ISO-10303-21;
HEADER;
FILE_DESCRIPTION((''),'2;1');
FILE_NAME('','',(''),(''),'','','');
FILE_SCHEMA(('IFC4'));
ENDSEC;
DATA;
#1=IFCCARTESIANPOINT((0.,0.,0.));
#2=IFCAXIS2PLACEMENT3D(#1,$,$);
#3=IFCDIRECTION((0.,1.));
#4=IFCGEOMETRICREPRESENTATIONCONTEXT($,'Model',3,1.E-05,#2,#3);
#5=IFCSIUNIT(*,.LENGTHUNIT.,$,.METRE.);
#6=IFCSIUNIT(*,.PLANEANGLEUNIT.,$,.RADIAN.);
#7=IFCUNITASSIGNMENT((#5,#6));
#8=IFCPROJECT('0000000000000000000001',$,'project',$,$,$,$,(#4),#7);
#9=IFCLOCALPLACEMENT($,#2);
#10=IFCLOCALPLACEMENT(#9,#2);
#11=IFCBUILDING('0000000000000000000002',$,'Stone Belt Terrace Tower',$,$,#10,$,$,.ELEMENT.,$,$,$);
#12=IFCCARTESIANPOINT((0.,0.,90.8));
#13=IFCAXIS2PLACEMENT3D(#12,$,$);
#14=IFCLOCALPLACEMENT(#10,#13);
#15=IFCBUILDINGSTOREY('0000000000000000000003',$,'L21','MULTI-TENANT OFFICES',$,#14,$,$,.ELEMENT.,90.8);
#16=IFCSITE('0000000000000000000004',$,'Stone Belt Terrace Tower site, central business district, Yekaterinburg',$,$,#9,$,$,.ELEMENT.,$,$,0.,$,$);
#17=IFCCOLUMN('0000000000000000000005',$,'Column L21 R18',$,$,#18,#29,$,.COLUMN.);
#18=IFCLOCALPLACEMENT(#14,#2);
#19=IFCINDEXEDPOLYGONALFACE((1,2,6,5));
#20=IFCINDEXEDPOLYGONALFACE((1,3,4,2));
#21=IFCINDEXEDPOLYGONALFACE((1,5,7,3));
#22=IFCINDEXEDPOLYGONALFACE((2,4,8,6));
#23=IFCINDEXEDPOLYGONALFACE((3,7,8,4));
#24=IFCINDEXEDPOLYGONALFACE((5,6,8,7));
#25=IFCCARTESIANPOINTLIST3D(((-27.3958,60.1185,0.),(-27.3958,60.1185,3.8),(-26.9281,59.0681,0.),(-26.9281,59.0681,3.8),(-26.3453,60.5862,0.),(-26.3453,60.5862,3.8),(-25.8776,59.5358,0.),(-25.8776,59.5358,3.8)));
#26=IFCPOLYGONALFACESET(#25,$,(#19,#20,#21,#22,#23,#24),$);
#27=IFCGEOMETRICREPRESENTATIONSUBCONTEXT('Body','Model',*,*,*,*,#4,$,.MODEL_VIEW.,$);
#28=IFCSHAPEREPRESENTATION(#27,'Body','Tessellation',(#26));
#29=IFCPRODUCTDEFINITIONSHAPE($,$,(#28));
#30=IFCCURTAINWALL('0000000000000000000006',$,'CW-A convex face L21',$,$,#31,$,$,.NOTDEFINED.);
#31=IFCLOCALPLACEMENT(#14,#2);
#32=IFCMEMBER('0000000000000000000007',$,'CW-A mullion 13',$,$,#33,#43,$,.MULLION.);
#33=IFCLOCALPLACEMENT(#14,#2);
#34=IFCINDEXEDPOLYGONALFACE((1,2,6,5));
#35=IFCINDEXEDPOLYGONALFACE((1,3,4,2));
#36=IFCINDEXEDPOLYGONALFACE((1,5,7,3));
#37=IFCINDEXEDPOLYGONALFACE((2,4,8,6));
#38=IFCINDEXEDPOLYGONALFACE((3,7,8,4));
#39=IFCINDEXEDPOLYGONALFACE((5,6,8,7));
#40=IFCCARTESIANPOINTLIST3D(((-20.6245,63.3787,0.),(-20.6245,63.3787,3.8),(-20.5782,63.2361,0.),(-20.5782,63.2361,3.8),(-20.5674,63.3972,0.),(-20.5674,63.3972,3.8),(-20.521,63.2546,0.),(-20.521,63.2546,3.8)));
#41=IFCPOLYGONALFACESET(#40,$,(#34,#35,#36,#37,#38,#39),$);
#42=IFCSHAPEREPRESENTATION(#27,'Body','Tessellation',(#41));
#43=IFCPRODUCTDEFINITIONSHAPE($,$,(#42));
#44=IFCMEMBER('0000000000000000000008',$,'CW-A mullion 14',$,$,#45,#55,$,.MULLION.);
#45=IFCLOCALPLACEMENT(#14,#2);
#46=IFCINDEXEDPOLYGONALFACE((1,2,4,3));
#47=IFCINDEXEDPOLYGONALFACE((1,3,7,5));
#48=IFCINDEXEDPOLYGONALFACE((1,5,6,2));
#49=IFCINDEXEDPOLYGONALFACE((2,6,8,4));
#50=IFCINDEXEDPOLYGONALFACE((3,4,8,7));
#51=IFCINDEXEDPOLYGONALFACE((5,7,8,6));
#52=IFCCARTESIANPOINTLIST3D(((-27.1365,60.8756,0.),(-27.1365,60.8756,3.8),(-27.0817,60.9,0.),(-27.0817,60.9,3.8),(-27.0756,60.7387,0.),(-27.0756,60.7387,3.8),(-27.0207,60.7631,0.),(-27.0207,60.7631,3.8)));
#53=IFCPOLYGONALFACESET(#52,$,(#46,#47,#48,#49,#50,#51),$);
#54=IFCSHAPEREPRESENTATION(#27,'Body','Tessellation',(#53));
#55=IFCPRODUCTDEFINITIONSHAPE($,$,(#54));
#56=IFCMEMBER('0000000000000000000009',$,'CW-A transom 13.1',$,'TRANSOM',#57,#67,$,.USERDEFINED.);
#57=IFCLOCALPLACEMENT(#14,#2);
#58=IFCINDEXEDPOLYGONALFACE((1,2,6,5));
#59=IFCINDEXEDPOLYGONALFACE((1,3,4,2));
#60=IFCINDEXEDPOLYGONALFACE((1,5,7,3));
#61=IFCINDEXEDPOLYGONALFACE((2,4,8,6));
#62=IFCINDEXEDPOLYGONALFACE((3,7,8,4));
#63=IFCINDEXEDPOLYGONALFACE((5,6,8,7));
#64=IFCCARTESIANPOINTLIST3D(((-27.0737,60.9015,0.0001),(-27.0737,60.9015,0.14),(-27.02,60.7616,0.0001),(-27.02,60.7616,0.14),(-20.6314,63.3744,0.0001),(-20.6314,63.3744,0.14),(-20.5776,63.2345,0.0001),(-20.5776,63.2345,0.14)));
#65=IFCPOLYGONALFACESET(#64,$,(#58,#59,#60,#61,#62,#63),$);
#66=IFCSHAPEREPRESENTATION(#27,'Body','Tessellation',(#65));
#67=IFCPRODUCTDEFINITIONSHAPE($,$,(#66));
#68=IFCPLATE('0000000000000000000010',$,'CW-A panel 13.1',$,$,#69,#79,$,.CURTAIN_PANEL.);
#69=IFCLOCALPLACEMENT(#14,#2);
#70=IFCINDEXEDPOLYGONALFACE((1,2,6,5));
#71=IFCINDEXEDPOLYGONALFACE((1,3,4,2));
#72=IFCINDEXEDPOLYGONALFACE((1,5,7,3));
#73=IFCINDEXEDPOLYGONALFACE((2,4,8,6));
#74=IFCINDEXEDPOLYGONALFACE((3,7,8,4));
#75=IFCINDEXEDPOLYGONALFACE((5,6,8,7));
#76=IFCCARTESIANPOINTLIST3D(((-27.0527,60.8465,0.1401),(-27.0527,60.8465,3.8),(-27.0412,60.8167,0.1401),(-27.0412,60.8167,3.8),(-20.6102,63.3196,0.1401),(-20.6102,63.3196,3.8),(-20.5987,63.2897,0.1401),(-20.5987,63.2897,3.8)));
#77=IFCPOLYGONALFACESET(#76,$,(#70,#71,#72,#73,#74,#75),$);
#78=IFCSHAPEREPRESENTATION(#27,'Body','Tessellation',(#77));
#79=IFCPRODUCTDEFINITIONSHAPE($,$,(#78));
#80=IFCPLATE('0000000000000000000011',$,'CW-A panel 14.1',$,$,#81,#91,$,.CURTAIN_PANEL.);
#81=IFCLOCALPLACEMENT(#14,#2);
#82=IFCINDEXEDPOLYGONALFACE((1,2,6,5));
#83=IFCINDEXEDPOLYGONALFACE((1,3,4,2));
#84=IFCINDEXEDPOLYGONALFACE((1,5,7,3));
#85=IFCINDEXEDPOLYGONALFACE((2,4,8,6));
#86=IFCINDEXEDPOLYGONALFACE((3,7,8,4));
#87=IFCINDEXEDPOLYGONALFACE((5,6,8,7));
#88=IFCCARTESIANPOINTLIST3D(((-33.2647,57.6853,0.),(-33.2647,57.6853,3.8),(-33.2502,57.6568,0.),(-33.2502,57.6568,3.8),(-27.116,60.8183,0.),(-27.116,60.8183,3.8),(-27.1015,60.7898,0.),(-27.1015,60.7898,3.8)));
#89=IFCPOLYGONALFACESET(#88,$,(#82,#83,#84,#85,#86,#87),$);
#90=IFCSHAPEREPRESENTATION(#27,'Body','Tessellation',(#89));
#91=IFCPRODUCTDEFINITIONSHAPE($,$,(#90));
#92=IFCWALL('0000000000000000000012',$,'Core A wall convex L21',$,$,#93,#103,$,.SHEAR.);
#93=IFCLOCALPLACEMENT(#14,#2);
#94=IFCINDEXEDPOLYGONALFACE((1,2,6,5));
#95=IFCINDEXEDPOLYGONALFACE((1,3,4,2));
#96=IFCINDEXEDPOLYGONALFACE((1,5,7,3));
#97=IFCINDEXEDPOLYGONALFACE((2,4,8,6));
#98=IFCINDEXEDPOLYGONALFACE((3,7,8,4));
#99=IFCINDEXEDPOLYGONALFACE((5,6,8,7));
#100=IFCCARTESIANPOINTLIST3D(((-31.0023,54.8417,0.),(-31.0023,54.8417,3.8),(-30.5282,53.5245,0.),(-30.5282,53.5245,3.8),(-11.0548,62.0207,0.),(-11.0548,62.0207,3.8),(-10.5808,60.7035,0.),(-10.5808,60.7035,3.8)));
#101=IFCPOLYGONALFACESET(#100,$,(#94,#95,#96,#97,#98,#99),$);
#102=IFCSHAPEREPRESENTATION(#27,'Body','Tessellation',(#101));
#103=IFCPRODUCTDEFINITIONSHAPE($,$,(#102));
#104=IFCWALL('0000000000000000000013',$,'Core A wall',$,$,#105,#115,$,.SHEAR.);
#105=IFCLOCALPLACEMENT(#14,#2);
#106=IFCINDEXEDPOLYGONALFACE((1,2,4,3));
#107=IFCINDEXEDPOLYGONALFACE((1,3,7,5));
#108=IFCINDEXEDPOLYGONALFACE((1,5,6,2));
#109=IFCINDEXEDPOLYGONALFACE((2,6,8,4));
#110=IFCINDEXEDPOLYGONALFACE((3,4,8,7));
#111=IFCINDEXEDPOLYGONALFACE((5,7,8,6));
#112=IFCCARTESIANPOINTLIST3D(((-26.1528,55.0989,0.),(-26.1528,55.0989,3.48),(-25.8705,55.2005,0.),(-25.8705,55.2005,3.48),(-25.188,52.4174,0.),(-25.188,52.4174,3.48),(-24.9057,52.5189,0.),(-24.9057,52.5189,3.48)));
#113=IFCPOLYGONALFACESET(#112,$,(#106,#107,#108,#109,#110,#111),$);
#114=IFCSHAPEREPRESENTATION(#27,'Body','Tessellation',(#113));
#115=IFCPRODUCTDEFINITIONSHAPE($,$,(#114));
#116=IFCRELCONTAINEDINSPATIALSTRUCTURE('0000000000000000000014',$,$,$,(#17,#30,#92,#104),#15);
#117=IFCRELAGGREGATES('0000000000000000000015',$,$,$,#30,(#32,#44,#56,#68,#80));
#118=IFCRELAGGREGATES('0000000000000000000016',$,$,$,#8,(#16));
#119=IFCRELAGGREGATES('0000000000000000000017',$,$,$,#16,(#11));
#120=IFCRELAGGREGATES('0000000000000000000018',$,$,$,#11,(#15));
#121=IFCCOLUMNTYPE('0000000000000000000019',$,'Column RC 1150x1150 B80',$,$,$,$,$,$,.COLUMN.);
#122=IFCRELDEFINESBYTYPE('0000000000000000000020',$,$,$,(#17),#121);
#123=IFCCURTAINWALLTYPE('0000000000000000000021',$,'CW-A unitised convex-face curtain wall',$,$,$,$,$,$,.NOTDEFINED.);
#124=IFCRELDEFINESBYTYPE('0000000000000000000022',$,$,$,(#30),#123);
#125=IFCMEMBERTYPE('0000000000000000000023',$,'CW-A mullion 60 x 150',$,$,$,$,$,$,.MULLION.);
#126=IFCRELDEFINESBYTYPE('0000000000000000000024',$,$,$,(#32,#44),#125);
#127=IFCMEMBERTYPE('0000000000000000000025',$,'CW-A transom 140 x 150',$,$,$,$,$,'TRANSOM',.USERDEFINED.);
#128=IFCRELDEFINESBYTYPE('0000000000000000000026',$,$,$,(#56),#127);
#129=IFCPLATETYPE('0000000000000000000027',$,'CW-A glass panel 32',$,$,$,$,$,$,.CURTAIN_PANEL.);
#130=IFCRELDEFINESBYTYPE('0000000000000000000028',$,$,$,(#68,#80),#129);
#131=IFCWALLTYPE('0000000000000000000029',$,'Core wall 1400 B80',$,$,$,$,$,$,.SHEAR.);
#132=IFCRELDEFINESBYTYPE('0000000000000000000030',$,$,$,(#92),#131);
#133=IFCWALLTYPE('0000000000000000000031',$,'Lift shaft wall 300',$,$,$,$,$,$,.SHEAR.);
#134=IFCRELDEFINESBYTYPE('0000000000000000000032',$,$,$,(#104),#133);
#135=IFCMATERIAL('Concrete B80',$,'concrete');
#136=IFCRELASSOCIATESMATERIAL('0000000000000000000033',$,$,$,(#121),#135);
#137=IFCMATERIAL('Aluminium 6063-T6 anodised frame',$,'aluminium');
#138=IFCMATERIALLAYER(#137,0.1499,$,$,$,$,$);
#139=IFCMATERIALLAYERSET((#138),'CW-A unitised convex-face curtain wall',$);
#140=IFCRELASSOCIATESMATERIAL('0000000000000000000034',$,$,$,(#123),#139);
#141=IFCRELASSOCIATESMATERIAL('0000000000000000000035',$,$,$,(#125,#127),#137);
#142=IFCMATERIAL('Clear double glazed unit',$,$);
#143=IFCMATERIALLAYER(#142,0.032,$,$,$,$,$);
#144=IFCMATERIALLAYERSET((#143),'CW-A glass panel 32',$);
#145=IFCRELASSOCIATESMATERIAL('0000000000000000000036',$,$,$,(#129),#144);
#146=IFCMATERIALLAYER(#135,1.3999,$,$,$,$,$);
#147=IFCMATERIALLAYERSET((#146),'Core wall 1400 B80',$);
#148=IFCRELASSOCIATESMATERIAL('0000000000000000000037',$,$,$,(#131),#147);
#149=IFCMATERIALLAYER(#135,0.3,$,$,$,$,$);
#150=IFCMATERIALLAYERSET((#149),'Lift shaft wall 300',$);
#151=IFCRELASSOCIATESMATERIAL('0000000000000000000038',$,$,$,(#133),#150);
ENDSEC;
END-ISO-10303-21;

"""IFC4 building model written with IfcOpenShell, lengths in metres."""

from ifc_helpers import new_model, si_unit, direction, frame, frame_2d, origin, origin_2d, place, context, subcontext, project, spatial, rectangle, extrude, material, layer, layer_set, material_profile, profile_set, type_object, element, aggregate, save


model = new_model("IFC4")

# Units and contexts
model_context = context("Model", 3, precision=1e-05, world=origin(), true_north=direction((0.0, 1.0)))
body_context = subcontext(model_context, "Body", "Model", "MODEL_VIEW")
ifc_project = project(units=[si_unit("LENGTHUNIT", "METRE"), si_unit("PLANEANGLEUNIT", "RADIAN")], contexts=[model_context])

# Site, building, storey
site_placement = place(None, origin())
site = spatial("IfcSite", under=ifc_project, at=site_placement, Name="Stone Belt Terrace Tower site, central business district, Yekaterinburg", CompositionType="ELEMENT", RefElevation=0.0)
building_placement = place(site_placement, origin())
building = spatial("IfcBuilding", under=site, at=building_placement, Name="Stone Belt Terrace Tower", CompositionType="ELEMENT")
storey_placement = place(building_placement, frame((0.0, 0.0, 90.8)))
storey = spatial("IfcBuildingStorey", under=building, at=storey_placement, Name="L21", Description="MULTI-TENANT OFFICES", CompositionType="ELEMENT", Elevation=90.8)

# Column
ifc_material_1 = material(Name="Concrete B80", Category="concrete")
ifc_material_profile_1 = material_profile(ifc_material_1, rectangle(XDim=1.1499, YDim=1.1499, at=origin_2d()), Name="RC 1150x1150")
ifc_profile_set_1 = profile_set([ifc_material_profile_1], Name="Concrete B80")
column_type = type_object("IfcColumnType", Name="Column RC 1150x1150 B80", PredefinedType="COLUMN", material=ifc_profile_set_1)
column_placement = place(storey_placement, frame((-26.6367, 59.8271, 0.0), z_axis=(0.0, 0.0, 1.0), x_axis=(0.913545, 0.406737, 0.0)))
element("IfcColumn", 1, at=column_placement, inside=storey, type_object=column_type, Name="Column L21 R18", PredefinedType="COLUMN", context=body_context, shape_type="SweptSolid", body=[
    extrude(rectangle(XDim=1.1499, YDim=1.1499, at=origin_2d()), origin(), (0.0, 0.0, 1.0), 3.8),
])

# Curtain wall, members, plates
ifc_material_2 = material(Name="Aluminium 6063-T6 anodised frame", Category="aluminium")
ifc_layer_1 = layer(ifc_material_2, 0.1499)
ifc_layer_set_1 = layer_set([ifc_layer_1], Name="CW-A unitised convex-face curtain wall")
curtain_wall_type = type_object("IfcCurtainWallType", Name="CW-A unitised convex-face curtain wall", PredefinedType="NOTDEFINED", material=ifc_layer_set_1)
curtain_wall_placement = place(storey_placement, origin())
curtain_wall = element("IfcCurtainWall", 2, at=curtain_wall_placement, inside=storey, type_object=curtain_wall_type, Name="CW-A convex face L21", PredefinedType="NOTDEFINED")
ifc_material_profile_2 = material_profile(ifc_material_2, rectangle(XDim=0.1499, YDim=0.0601, at=origin_2d()), Name="Aluminium 6063-T6 60x150")
ifc_profile_set_2 = profile_set([ifc_material_profile_2], Name="Aluminium 6063-T6 anodised frame")
member_type_1 = type_object("IfcMemberType", Name="CW-A mullion 60 x 150", PredefinedType="MULLION", material=ifc_profile_set_2)
member_1_placement = place(storey_placement, frame((-20.5728, 63.3167, 0.0), z_axis=(0.0, 0.0, 1.0), x_axis=(0.309017, -0.951057, 0.0)))
member_1 = element("IfcMember", 3, at=member_1_placement, type_object=member_type_1, Name="CW-A mullion 13", PredefinedType="MULLION", context=body_context, shape_type="SweptSolid", body=[
    extrude(rectangle(XDim=0.1499, YDim=0.0601, at=origin_2d()), origin(), (0.0, 0.0, 1.0), 3.8),
])
member_2_placement = place(storey_placement, frame((-27.0786, 60.8193, 0.0), z_axis=(0.0, 0.0, 1.0), x_axis=(0.406737, -0.913545, 0.0)))
member_2 = element("IfcMember", 4, at=member_2_placement, type_object=member_type_1, Name="CW-A mullion 14", PredefinedType="MULLION", context=body_context, shape_type="SweptSolid", body=[
    extrude(rectangle(XDim=0.1499, YDim=0.0601, at=origin_2d()), origin(), (0.0, 0.0, 1.0), 3.8),
])
ifc_material_profile_3 = material_profile(ifc_material_2, rectangle(XDim=0.1499, YDim=0.1399, at=origin_2d()), Name="Aluminium 6063-T6 150x140")
ifc_profile_set_3 = profile_set([ifc_material_profile_3], Name="Aluminium 6063-T6 anodised frame")
member_type_2 = type_object("IfcMemberType", Name="CW-A transom 140 x 150", ElementType="TRANSOM", PredefinedType="USERDEFINED", material=ifc_profile_set_3)
member_3_placement = place(storey_placement, frame((-20.6045, 63.3044, 0.0701), z_axis=(-0.933585, -0.358355, 0.0), x_axis=(0.358355, -0.933585, 0.0)))
member_3 = element("IfcMember", 5, at=member_3_placement, type_object=member_type_2, Name="CW-A transom 13.1", ObjectType="TRANSOM", PredefinedType="USERDEFINED", context=body_context, shape_type="SweptSolid", body=[
    extrude(rectangle(XDim=0.1499, YDim=0.1399, at=origin_2d()), origin(), (0.0, 0.0, 1.0), 6.9006),
])
ifc_material_3 = material(Name="Clear double glazed unit")
ifc_layer_2 = layer(ifc_material_3, 0.032)
ifc_layer_set_2 = layer_set([ifc_layer_2], Name="CW-A glass panel 32")
plate_type = type_object("IfcPlateType", Name="CW-A glass panel 32", PredefinedType="CURTAIN_PANEL", material=ifc_layer_set_2)
plate_1_placement = place(storey_placement, frame((-23.8257, 62.0681, 0.1401), z_axis=(0.0, 0.0, 1.0), x_axis=(-0.93358, -0.358368, 0.0)))
plate_1 = element("IfcPlate", 6, at=plate_1_placement, type_object=plate_type, Name="CW-A panel 13.1", PredefinedType="CURTAIN_PANEL", context=body_context, shape_type="SweptSolid", body=[
    extrude(rectangle(XDim=6.9009, YDim=0.032, at=origin_2d()), origin(), (0.0, 0.0, 1.0), 3.6599),
])
plate_2_placement = place(storey_placement, frame((-30.1831, 59.2375, 0.0), z_axis=(0.0, 0.0, 1.0), x_axis=(-0.891007, -0.45399, 0.0)))
plate_2 = element("IfcPlate", 7, at=plate_2_placement, type_object=plate_type, Name="CW-A panel 14.1", PredefinedType="CURTAIN_PANEL", context=body_context, shape_type="SweptSolid", body=[
    extrude(rectangle(XDim=6.9009, YDim=0.032, at=origin_2d()), origin(), (0.0, 0.0, 1.0), 3.8),
])
aggregate(curtain_wall, [member_1, member_2, member_3, plate_1, plate_2])

# Walls
ifc_layer_3 = layer(ifc_material_1, 1.3999)
ifc_layer_set_3 = layer_set([ifc_layer_3], Name="Core wall 1400 B80")
wall_type_1 = type_object("IfcWallType", Name="Core wall 1400 B80", PredefinedType="SHEAR", material=ifc_layer_set_3)
wall_1_placement = place(storey_placement, frame((-30.7654, 54.1831, 0.0), z_axis=(0.0, 0.0, 1.0), x_axis=(0.94092, 0.33863, 0.0)))
element("IfcWall", 8, at=wall_1_placement, inside=storey, type_object=wall_type_1, Name="Core A wall convex L21", PredefinedType="SHEAR", context=body_context, shape_type="SweptSolid", body=[
    extrude(rectangle(XDim=21.2, YDim=1.3999, at=frame_2d((10.6001, 0.0))), origin(), (0.0, 0.0, 1.0), 3.8),
])
ifc_layer_4 = layer(ifc_material_1, 0.3)
ifc_layer_set_4 = layer_set([ifc_layer_4], Name="Lift shaft wall 300")
wall_type_2 = type_object("IfcWallType", Name="Lift shaft wall 300", PredefinedType="SHEAR", material=ifc_layer_set_4)
wall_2_placement = place(storey_placement, frame((-25.0469, 52.4683, 0.0), z_axis=(0.0, 0.0, 1.0), x_axis=(-0.33855, 0.940949, 0.0)))
element("IfcWall", 9, at=wall_2_placement, inside=storey, type_object=wall_type_2, Name="Core A wall", PredefinedType="SHEAR", context=body_context, shape_type="SweptSolid", body=[
    extrude(rectangle(XDim=2.8499, YDim=0.3, at=frame_2d((1.4248, 0.0))), origin(), (0.0, 0.0, 1.0), 3.48),
])

save(model, "model.ifc")
